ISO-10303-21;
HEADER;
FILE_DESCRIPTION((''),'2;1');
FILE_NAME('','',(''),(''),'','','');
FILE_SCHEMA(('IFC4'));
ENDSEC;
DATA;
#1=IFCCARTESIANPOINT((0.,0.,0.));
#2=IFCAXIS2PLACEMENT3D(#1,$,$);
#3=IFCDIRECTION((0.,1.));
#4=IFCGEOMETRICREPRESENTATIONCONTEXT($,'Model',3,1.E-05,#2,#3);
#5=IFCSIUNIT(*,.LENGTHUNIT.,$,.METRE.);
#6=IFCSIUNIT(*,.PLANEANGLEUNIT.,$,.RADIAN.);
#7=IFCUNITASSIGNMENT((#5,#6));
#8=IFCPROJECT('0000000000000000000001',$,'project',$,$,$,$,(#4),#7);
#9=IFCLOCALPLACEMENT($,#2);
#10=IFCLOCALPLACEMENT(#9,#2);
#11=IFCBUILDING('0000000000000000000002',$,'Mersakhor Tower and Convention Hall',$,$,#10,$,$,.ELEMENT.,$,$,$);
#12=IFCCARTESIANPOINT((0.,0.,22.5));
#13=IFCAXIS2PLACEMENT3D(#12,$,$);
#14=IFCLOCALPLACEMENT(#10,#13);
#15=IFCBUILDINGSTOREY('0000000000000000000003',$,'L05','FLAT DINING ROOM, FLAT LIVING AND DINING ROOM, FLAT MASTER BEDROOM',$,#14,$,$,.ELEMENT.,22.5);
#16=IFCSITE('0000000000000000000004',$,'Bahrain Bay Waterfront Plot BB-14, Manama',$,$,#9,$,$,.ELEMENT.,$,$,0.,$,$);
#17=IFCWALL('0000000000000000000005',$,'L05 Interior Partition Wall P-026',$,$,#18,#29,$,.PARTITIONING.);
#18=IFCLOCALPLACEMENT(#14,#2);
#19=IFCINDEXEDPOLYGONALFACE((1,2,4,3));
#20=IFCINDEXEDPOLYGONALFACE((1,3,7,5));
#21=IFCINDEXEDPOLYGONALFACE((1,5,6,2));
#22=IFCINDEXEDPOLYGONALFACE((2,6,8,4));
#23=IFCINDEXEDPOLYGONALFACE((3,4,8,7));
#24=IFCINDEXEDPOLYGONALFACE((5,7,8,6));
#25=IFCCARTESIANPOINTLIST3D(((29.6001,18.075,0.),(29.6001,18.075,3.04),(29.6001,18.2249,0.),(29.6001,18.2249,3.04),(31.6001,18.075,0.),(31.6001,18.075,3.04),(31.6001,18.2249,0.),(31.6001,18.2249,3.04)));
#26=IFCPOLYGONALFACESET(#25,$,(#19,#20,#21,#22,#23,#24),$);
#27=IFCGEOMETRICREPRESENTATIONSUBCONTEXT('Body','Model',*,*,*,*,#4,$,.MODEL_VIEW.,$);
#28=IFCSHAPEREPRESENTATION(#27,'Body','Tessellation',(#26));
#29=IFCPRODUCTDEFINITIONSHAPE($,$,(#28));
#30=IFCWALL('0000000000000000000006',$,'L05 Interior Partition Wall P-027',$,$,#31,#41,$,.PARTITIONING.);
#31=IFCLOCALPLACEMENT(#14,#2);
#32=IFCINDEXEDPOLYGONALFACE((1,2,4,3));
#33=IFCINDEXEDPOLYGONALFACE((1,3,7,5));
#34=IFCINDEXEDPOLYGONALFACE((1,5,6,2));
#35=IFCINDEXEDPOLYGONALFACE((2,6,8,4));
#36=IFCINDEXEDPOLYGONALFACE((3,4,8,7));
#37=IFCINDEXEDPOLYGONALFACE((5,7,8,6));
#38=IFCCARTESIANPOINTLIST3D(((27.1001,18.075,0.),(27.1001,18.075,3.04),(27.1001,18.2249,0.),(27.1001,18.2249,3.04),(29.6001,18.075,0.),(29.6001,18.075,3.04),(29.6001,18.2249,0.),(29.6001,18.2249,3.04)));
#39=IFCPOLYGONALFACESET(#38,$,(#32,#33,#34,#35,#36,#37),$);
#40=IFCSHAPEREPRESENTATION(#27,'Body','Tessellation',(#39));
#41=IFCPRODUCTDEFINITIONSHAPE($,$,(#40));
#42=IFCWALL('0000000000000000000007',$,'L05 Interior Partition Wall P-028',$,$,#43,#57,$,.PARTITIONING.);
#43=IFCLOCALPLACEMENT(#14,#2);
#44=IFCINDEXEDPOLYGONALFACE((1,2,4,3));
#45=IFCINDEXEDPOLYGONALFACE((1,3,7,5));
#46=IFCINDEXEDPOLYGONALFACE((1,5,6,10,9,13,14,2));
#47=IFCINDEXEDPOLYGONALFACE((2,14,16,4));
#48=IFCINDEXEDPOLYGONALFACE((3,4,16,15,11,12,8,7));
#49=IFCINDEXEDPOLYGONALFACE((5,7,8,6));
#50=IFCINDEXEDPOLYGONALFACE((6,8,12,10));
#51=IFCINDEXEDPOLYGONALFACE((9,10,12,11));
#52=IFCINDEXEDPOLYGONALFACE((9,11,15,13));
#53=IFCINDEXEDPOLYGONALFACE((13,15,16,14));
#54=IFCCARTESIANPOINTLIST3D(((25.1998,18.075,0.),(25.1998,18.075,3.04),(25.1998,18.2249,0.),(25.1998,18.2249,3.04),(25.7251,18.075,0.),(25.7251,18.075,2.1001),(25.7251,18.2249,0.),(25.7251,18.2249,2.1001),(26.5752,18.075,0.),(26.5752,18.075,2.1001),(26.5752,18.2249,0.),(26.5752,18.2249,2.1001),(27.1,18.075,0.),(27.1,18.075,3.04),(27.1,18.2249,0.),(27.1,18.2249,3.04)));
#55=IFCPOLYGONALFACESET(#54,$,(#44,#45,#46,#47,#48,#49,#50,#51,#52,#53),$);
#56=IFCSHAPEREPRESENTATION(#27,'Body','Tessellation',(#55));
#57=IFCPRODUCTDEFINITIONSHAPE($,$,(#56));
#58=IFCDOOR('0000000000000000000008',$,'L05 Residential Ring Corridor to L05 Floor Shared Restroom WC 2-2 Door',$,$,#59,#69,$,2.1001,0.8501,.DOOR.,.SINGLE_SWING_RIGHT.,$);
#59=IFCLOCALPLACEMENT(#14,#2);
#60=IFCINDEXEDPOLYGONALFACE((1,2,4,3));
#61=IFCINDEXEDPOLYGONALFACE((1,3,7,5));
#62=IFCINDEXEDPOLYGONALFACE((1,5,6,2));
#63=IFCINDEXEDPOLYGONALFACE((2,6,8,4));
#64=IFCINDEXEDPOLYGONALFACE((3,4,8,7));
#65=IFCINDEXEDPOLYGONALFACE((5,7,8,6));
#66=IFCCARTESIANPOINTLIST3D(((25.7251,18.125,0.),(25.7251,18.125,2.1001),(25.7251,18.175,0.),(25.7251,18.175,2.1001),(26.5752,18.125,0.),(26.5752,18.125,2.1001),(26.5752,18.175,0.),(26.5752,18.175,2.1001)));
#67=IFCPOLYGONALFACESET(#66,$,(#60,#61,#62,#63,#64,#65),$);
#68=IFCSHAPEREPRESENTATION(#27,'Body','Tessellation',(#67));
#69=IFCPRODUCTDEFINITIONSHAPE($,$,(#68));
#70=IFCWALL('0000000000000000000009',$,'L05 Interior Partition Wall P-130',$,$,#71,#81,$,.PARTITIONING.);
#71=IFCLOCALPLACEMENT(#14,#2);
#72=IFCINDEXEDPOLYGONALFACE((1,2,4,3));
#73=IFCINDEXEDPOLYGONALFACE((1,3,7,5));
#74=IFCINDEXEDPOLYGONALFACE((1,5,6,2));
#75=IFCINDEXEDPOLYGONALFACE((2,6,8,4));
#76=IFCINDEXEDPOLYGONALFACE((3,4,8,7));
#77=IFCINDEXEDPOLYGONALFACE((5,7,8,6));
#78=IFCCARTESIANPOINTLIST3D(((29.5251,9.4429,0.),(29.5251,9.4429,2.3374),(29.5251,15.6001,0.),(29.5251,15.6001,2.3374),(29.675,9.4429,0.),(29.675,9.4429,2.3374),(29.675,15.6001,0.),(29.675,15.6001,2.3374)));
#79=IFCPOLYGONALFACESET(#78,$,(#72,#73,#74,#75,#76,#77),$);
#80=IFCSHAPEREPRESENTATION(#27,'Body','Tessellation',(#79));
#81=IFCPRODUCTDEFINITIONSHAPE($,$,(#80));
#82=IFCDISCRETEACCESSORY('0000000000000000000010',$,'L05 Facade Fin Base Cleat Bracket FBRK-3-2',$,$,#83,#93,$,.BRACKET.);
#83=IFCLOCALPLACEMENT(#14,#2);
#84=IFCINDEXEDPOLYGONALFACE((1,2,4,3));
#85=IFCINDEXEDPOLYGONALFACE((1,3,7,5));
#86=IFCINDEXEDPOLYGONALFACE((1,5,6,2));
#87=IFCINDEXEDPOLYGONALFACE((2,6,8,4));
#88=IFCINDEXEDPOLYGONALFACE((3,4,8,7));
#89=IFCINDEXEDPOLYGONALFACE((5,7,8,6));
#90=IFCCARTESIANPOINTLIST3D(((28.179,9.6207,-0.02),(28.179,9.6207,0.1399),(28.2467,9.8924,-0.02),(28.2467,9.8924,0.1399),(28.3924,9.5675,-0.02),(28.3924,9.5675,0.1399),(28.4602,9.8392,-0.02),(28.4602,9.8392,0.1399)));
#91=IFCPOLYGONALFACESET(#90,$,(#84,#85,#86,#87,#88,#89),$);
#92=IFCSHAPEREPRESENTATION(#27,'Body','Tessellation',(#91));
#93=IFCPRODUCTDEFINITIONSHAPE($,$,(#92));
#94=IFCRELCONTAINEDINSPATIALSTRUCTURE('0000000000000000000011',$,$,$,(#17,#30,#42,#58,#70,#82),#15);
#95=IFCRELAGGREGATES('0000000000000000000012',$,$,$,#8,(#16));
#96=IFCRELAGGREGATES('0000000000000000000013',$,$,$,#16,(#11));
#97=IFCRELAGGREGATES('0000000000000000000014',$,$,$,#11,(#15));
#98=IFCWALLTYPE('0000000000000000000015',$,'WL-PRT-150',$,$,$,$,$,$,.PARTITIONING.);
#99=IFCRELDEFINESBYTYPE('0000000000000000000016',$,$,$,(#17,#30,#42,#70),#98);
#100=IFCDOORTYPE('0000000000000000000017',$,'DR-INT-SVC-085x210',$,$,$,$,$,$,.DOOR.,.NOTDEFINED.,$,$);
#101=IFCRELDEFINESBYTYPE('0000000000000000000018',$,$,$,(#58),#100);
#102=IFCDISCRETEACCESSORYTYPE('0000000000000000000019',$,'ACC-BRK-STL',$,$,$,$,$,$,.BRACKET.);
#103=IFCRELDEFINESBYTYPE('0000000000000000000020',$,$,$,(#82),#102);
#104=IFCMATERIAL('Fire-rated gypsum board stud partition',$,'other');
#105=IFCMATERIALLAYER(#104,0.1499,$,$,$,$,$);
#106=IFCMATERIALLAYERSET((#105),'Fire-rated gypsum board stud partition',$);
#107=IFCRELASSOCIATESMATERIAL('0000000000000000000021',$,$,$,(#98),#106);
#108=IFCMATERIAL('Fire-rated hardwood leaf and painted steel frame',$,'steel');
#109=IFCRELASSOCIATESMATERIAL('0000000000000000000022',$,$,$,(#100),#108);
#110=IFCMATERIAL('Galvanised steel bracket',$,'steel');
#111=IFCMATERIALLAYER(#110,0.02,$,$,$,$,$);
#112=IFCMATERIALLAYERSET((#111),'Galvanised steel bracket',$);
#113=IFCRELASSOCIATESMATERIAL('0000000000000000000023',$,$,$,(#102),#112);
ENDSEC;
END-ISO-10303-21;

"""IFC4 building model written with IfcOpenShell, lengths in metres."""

from ifc_helpers import new_model, si_unit, direction, frame, frame_2d, origin, origin_2d, place, context, subcontext, project, spatial, rectangle, extrude, material, layer, layer_set, type_object, element, fill, save


model = new_model("IFC4")

# Units and contexts
model_context = context("Model", 3, precision=1e-05, world=origin(), true_north=direction((0.0, 1.0)))
body_context = subcontext(model_context, "Body", "Model", "MODEL_VIEW")
ifc_project = project(units=[si_unit("LENGTHUNIT", "METRE"), si_unit("PLANEANGLEUNIT", "RADIAN")], contexts=[model_context])

# Site, building, storey
site_placement = place(None, origin())
site = spatial("IfcSite", under=ifc_project, at=site_placement, Name="Bahrain Bay Waterfront Plot BB-14, Manama", CompositionType="ELEMENT", RefElevation=0.0)
building_placement = place(site_placement, origin())
building = spatial("IfcBuilding", under=site, at=building_placement, Name="Mersakhor Tower and Convention Hall", CompositionType="ELEMENT")
storey_placement = place(building_placement, frame((0.0, 0.0, 22.5)))
storey = spatial("IfcBuildingStorey", under=building, at=storey_placement, Name="L05", Description="FLAT DINING ROOM, FLAT LIVING AND DINING ROOM, FLAT MASTER BEDROOM", CompositionType="ELEMENT", Elevation=22.5)

# Shared definitions
ifc_material_1 = material(Name="Fire-rated gypsum board stud partition", Category="other")
ifc_layer_1 = layer(ifc_material_1, 0.1499)
ifc_layer_set_1 = layer_set([ifc_layer_1], Name="Fire-rated gypsum board stud partition")
wall_type_1 = type_object("IfcWallType", Name="WL-PRT-150", PredefinedType="PARTITIONING", material=ifc_layer_set_1)

# Walls
wall_1_placement = place(storey_placement, frame((31.6001, 18.1499, 0.0), z_axis=(0.0, 0.0, 1.0), x_axis=(-1.0, 0.0, 0.0)))
element("IfcWall", 1, at=wall_1_placement, inside=storey, type_object=wall_type_1, Name="L05 Interior Partition Wall P-026", PredefinedType="PARTITIONING", context=body_context, shape_type="SweptSolid", body=[
    extrude(rectangle(XDim=2.0, YDim=0.1499, at=frame_2d((1.0, 0.0))), origin(), (0.0, 0.0, 1.0), 3.04),
])
wall_2_placement = place(storey_placement, frame((29.6001, 18.1499, 0.0), z_axis=(0.0, 0.0, 1.0), x_axis=(-1.0, 0.0, 0.0)))
element("IfcWall", 2, at=wall_2_placement, inside=storey, type_object=wall_type_1, Name="L05 Interior Partition Wall P-027", PredefinedType="PARTITIONING", context=body_context, shape_type="SweptSolid", body=[
    extrude(rectangle(XDim=2.5, YDim=0.1499, at=frame_2d((1.25, 0.0))), origin(), (0.0, 0.0, 1.0), 3.04),
])

# Wall, opening, door
wall_3_placement = place(storey_placement, frame((27.1001, 18.1499, 0.0), z_axis=(0.0, 0.0, 1.0), x_axis=(-1.0, 0.0, 0.0)))
wall_3 = element("IfcWall", 3, at=wall_3_placement, inside=storey, type_object=wall_type_1, Name="L05 Interior Partition Wall P-028", PredefinedType="PARTITIONING", context=body_context, shape_type="SweptSolid", body=[
    extrude(rectangle(XDim=1.9001, YDim=0.1499, at=frame_2d((0.9502, 0.0))), origin(), (0.0, 0.0, 1.0), 3.04),
])
opening_1_placement = place(wall_3_placement, frame((0.5249, 0.0, 0.0)))
opening_1 = element("IfcOpeningElement", 4, at=opening_1_placement, cuts=wall_3, PredefinedType="OPENING", context=body_context, shape_type="SweptSolid", body=[
    extrude(rectangle(XDim=0.8501, YDim=2.1001, at=frame_2d((0.425, 1.05))), frame((0.0, 0.085, 0.0), z_axis=(0.0, -1.0, 0.0), x_axis=(1.0, 0.0, 0.0)), (0.0, 0.0, 1.0), 0.1699),
])
ifc_material_2 = material(Name="Fire-rated hardwood leaf and painted steel frame", Category="steel")
door_type_1 = type_object("IfcDoorType", Name="DR-INT-SVC-085x210", OperationType="NOTDEFINED", PredefinedType="DOOR", material=ifc_material_2)
door_1_placement = place(opening_1_placement, origin())
door_1 = element("IfcDoor", 5, at=door_1_placement, inside=storey, type_object=door_type_1, Name="L05 Residential Ring Corridor to L05 Floor Shared Restroom WC 2-2 Door", OperationType="SINGLE_SWING_RIGHT", OverallHeight=2.1001, OverallWidth=0.8501, PredefinedType="DOOR", context=body_context, shape_type="SweptSolid", body=[
    extrude(rectangle(XDim=0.8501, YDim=2.1001, at=frame_2d((0.425, 1.05))), frame((0.0, 0.0249, 0.0), z_axis=(0.0, -1.0, 0.0), x_axis=(1.0, 0.0, 0.0)), (0.0, 0.0, 1.0), 0.05),
])
fill(opening_1, door_1)

# Wall
wall_4_placement = place(storey_placement, frame((29.6001, 15.6001, 0.0), z_axis=(0.0, 0.0, 1.0), x_axis=(0.0, -1.0, 0.0)))
element("IfcWall", 6, at=wall_4_placement, inside=storey, type_object=wall_type_1, Name="L05 Interior Partition Wall P-130", PredefinedType="PARTITIONING", context=body_context, shape_type="SweptSolid", body=[
    extrude(rectangle(XDim=6.1572, YDim=0.1499, at=frame_2d((3.0786, 0.0))), origin(), (0.0, 0.0, 1.0), 2.3374),
])

# Discrete accessory
ifc_material_3 = material(Name="Galvanised steel bracket", Category="steel")
ifc_layer_2 = layer(ifc_material_3, 0.02)
ifc_layer_set_2 = layer_set([ifc_layer_2], Name="Galvanised steel bracket")
discrete_accessory_type = type_object("IfcDiscreteAccessoryType", Name="ACC-BRK-STL", PredefinedType="BRACKET", material=ifc_layer_set_2)
discrete_accessory_placement = place(storey_placement, frame((28.3196, 9.73, -0.02), z_axis=(0.0, 0.0, 1.0), x_axis=(-0.241922, -0.970296, 0.0)))
element("IfcDiscreteAccessory", 7, at=discrete_accessory_placement, inside=storey, type_object=discrete_accessory_type, Name="L05 Facade Fin Base Cleat Bracket FBRK-3-2", PredefinedType="BRACKET", context=body_context, shape_type="SweptSolid", body=[
    extrude(rectangle(XDim=0.28, YDim=0.22, at=origin_2d()), origin(), (0.0, 0.0, 1.0), 0.1599),
])

save(model, "model.ifc")
